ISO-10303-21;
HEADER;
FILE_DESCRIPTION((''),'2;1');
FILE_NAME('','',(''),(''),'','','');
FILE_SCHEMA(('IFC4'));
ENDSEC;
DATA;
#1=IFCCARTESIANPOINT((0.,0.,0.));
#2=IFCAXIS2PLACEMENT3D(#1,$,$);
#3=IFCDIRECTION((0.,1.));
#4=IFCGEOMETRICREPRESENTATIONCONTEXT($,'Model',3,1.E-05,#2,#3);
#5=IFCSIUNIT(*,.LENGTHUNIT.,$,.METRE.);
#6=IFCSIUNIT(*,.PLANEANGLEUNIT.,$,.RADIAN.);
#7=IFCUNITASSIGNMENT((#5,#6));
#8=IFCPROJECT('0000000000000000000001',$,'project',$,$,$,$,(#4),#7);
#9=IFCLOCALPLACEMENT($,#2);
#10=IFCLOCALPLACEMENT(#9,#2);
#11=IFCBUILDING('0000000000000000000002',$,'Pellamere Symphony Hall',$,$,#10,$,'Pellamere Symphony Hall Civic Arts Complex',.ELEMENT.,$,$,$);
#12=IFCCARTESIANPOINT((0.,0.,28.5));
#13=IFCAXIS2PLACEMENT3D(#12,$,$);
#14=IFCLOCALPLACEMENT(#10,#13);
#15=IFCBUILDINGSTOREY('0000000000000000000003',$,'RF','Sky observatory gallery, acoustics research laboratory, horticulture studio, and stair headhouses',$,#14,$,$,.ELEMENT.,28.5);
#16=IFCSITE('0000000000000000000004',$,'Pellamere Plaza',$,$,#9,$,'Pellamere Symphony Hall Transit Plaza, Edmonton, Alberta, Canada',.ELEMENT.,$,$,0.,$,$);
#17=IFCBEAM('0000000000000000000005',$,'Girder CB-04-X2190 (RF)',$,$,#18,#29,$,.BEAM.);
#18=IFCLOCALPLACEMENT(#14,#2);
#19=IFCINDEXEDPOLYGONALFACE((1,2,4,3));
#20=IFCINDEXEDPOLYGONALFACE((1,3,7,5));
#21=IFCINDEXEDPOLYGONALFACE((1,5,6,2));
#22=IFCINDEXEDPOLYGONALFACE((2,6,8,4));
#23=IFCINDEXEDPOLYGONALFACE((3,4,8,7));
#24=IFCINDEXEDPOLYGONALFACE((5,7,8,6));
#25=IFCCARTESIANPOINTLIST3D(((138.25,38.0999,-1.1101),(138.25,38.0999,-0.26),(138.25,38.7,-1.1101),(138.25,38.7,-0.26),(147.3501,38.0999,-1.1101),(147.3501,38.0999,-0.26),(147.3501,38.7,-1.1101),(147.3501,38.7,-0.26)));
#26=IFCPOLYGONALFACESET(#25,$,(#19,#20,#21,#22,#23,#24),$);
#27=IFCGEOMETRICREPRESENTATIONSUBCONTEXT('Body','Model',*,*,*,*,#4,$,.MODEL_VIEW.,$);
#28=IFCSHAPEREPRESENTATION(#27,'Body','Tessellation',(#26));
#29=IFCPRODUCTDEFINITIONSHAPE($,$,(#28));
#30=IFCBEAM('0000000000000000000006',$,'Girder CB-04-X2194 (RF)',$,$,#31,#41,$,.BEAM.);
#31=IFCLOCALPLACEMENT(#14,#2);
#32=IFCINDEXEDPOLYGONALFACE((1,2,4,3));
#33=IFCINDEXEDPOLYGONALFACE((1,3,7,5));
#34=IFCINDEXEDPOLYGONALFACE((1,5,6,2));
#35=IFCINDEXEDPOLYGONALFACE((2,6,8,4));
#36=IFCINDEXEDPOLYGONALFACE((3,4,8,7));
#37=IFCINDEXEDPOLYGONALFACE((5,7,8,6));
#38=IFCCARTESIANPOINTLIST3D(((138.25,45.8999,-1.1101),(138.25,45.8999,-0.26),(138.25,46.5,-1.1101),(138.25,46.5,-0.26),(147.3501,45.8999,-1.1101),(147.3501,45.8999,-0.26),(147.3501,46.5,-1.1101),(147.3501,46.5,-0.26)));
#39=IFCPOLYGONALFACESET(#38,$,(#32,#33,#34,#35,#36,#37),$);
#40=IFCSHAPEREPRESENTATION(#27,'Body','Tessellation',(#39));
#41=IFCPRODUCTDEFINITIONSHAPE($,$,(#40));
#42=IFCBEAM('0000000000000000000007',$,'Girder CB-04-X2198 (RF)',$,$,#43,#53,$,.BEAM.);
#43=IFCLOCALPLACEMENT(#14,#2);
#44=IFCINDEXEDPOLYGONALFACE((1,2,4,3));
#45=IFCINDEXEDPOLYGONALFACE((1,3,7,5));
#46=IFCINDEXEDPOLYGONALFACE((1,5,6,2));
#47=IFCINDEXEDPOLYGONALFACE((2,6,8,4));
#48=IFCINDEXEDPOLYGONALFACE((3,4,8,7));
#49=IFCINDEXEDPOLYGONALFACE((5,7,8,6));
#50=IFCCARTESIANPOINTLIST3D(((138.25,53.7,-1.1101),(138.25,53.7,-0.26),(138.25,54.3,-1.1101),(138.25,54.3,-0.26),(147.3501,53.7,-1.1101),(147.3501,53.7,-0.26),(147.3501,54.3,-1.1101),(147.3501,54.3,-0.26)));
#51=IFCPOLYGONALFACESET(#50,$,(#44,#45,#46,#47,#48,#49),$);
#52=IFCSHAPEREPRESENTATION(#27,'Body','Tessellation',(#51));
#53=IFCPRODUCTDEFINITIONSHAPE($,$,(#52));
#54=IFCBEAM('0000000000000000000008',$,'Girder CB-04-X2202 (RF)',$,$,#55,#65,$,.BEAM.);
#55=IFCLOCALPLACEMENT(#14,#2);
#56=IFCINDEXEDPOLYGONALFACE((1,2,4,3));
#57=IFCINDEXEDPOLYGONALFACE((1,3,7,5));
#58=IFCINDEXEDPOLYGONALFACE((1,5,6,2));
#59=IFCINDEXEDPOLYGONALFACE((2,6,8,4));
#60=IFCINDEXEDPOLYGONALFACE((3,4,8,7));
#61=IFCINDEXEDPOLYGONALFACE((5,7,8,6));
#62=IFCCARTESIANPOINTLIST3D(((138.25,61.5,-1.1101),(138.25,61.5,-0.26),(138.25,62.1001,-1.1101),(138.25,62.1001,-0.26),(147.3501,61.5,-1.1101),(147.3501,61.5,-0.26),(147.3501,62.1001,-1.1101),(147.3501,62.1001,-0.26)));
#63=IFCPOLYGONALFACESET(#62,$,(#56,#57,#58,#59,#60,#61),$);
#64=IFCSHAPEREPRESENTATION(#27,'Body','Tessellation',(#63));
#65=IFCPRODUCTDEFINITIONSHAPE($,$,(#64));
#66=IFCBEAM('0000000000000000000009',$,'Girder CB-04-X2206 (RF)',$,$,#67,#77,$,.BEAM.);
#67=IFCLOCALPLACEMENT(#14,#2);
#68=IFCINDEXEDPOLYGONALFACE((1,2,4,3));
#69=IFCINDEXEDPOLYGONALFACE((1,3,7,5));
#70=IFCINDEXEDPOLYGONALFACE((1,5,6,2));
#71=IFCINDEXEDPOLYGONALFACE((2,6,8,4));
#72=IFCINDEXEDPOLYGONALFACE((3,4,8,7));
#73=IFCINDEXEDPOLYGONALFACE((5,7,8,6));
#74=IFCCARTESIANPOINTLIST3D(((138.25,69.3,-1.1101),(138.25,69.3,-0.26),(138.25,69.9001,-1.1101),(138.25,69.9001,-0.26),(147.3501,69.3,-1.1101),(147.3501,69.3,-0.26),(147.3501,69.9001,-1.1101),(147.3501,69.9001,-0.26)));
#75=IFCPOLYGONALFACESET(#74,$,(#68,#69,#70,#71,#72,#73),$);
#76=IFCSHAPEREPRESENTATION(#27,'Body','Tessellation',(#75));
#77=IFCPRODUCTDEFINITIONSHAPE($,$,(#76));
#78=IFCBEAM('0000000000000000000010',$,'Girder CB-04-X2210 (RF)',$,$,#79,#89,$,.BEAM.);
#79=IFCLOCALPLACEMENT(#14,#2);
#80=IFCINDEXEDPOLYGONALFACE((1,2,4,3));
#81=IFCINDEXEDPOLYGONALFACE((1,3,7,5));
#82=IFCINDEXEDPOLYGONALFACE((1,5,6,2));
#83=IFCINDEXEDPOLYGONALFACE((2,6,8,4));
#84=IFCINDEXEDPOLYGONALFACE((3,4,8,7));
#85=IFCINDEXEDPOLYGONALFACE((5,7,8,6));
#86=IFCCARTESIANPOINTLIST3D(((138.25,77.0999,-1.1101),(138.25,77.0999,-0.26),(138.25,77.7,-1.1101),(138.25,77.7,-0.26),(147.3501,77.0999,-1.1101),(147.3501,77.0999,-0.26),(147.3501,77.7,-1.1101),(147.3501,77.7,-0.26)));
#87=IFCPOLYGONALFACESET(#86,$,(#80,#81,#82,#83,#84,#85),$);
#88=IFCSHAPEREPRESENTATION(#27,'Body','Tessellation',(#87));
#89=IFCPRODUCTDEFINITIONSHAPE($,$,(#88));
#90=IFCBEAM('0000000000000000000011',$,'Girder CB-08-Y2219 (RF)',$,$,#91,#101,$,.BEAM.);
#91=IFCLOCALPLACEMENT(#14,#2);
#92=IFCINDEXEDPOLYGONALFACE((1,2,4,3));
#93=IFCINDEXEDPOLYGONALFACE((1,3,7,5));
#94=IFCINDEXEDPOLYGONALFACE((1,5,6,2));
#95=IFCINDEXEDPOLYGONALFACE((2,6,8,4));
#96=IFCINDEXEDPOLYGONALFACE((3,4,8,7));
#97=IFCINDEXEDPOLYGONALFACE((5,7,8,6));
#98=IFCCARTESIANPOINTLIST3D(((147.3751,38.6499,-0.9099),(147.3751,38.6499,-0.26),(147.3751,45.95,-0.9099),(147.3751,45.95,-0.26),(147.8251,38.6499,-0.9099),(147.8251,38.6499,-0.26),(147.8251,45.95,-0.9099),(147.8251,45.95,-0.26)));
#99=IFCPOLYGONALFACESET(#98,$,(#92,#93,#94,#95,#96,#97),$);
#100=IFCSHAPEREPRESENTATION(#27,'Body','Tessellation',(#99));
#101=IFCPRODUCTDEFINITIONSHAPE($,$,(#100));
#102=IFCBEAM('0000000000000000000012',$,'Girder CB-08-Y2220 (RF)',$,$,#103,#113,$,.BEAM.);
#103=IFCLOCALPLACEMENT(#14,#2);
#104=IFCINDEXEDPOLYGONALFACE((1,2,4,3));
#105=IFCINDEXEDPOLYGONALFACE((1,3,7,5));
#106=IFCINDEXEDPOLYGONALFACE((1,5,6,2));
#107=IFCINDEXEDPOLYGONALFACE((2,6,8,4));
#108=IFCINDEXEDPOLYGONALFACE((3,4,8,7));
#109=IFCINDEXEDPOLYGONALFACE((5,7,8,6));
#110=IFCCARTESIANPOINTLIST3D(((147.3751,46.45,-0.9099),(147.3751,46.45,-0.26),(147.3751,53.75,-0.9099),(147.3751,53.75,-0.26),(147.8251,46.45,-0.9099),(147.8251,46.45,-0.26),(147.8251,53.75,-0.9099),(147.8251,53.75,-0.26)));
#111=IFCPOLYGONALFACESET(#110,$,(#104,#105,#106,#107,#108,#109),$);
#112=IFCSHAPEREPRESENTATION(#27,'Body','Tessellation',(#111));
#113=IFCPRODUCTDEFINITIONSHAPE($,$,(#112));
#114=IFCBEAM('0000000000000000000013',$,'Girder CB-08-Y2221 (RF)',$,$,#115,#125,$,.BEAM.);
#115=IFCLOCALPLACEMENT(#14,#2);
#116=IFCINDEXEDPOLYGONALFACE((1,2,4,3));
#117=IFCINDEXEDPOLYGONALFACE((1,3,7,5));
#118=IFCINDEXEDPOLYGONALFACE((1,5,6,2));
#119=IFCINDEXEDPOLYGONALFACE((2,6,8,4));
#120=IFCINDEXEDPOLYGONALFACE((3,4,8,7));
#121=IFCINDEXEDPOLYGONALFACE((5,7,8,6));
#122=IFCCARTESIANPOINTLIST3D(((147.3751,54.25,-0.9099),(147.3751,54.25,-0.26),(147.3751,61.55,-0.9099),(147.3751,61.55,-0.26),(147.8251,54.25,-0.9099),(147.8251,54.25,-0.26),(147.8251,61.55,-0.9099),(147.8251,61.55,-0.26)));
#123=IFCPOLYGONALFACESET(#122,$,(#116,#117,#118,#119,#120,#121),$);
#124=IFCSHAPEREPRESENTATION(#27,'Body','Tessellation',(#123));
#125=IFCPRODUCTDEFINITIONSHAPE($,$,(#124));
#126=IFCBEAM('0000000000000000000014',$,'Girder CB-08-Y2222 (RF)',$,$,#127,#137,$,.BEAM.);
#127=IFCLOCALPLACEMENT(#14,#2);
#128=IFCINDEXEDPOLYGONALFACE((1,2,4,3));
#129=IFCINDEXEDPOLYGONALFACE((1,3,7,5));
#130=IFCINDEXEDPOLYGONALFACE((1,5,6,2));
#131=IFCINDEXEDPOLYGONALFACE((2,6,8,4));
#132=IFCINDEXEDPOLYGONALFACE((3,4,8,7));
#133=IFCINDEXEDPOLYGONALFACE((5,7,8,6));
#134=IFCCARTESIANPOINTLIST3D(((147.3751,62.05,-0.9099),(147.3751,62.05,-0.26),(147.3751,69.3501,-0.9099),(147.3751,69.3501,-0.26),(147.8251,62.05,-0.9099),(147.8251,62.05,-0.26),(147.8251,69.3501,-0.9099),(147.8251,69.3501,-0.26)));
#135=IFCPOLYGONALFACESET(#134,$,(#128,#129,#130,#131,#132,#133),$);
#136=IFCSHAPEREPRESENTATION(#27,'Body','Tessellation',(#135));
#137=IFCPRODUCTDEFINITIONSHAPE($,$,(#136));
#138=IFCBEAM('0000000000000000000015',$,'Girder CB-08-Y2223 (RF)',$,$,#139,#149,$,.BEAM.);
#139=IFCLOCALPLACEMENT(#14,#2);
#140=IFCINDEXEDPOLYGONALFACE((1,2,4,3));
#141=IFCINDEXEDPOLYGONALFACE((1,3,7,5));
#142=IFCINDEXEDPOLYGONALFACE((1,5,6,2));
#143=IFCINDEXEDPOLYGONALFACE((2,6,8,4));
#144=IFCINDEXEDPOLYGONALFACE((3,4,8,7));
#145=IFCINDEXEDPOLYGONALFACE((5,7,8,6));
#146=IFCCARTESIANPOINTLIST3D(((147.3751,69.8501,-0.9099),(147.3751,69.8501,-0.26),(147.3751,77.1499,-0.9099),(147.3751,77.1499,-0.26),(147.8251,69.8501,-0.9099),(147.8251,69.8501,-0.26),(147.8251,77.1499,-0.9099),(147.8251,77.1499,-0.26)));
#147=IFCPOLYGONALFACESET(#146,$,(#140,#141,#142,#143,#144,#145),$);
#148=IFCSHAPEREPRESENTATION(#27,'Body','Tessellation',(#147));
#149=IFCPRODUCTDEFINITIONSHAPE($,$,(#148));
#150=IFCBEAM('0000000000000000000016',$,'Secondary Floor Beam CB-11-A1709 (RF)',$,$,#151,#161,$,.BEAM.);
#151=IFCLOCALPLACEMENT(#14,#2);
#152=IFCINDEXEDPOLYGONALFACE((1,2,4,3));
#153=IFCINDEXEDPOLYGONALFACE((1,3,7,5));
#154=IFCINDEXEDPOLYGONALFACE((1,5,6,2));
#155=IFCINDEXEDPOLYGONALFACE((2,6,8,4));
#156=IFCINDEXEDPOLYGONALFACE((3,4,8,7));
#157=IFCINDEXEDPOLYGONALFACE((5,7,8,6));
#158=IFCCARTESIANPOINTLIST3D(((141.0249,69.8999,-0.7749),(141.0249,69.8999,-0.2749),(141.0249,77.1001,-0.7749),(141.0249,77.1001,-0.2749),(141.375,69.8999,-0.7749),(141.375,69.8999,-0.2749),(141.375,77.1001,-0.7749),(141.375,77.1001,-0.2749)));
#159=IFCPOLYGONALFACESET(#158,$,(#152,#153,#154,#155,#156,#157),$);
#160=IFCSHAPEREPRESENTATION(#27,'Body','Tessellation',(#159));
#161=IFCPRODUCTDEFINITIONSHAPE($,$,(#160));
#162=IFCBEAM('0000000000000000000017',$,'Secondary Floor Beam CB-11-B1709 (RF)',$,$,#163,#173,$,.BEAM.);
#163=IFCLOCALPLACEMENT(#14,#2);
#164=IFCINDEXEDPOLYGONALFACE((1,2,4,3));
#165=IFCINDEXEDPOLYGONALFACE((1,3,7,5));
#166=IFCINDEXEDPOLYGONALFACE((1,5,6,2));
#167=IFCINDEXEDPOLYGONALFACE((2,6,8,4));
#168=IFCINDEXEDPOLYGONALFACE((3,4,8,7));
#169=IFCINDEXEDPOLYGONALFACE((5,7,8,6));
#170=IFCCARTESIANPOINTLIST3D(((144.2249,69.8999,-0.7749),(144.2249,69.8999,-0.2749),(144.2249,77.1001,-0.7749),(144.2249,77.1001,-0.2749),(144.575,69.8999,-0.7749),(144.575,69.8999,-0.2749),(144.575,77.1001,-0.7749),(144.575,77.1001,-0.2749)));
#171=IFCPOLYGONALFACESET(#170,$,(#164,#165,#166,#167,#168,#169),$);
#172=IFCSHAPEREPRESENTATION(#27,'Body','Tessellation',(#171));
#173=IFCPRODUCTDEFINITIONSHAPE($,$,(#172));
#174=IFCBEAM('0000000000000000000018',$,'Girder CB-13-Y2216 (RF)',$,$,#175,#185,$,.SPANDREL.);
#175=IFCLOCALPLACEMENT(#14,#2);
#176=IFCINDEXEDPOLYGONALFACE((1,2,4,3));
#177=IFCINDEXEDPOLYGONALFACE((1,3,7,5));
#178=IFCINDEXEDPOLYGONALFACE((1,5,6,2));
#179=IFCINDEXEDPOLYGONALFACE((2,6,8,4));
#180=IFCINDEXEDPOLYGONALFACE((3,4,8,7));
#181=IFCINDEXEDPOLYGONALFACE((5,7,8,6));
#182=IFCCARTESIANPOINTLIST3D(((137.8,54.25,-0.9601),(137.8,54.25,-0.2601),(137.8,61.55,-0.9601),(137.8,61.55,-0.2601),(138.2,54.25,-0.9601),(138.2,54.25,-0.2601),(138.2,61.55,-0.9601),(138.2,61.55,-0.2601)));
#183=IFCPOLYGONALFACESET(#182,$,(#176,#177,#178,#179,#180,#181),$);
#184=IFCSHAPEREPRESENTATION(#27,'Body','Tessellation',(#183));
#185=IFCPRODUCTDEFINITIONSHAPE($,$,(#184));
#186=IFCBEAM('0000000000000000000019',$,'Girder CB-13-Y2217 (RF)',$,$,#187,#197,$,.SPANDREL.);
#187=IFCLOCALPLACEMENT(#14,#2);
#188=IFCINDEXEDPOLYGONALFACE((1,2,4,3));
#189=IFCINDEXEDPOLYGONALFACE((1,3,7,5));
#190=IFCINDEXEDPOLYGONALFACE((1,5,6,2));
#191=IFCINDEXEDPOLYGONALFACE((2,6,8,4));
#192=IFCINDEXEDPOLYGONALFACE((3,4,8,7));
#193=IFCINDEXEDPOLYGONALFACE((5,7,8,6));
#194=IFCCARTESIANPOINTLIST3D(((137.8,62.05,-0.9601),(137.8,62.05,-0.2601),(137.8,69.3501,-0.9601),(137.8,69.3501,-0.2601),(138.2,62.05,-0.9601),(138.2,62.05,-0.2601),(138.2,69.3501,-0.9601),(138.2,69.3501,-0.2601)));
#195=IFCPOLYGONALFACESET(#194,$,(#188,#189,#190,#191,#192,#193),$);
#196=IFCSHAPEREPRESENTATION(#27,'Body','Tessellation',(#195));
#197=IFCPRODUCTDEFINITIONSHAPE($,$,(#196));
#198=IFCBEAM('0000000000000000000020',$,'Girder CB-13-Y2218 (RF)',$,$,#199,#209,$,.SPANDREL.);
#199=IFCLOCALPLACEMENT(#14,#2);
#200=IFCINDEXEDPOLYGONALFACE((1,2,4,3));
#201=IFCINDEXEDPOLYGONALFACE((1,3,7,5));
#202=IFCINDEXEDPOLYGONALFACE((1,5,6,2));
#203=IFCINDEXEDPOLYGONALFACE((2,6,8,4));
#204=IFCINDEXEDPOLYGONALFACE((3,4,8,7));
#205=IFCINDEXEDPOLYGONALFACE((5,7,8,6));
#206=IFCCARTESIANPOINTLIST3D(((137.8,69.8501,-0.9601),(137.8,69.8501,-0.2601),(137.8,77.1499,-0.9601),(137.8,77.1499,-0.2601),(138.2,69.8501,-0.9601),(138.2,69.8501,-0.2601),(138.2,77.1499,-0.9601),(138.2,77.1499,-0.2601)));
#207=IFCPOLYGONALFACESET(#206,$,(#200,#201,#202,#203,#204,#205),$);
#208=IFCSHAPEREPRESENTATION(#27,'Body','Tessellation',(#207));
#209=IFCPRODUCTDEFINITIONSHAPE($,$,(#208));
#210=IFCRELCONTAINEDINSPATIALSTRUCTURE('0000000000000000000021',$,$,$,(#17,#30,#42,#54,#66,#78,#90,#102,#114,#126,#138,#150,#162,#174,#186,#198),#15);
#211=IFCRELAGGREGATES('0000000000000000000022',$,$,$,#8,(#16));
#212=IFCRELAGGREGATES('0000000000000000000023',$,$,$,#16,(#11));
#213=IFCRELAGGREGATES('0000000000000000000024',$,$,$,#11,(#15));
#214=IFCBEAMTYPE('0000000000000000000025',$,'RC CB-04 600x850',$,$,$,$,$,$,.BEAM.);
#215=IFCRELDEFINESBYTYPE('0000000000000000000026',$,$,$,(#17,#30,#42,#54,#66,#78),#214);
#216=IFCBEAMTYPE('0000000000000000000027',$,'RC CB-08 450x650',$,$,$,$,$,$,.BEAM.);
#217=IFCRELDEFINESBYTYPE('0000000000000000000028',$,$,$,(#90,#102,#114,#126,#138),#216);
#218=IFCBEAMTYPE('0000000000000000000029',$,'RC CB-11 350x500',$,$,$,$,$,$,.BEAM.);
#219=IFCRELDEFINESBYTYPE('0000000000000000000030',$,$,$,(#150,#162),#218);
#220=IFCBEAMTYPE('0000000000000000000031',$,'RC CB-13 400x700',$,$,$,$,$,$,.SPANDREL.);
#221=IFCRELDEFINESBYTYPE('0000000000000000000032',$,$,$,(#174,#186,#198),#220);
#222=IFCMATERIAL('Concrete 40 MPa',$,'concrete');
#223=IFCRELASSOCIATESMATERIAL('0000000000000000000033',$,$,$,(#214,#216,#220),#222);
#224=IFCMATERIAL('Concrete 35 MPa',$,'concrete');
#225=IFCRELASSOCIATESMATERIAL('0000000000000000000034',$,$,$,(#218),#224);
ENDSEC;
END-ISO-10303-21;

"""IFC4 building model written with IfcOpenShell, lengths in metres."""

from ifc_helpers import new_model, si_unit, direction, frame, origin, origin_2d, place, context, subcontext, project, spatial, rectangle, extrude, material, material_profile, profile_set, type_object, element, save


model = new_model("IFC4")

# Units and contexts
model_context = context("Model", 3, precision=1e-05, world=origin(), true_north=direction((0.0, 1.0)))
body_context = subcontext(model_context, "Body", "Model", "MODEL_VIEW")
ifc_project = project(units=[si_unit("LENGTHUNIT", "METRE"), si_unit("PLANEANGLEUNIT", "RADIAN")], contexts=[model_context])

# Site, building, storey
site_placement = place(None, origin())
site = spatial("IfcSite", under=ifc_project, at=site_placement, Name="Pellamere Plaza", LongName="Pellamere Symphony Hall Transit Plaza, Edmonton, Alberta, Canada", CompositionType="ELEMENT", RefElevation=0.0)
building_placement = place(site_placement, origin())
building = spatial("IfcBuilding", under=site, at=building_placement, Name="Pellamere Symphony Hall", LongName="Pellamere Symphony Hall Civic Arts Complex", CompositionType="ELEMENT")
storey_placement = place(building_placement, frame((0.0, 0.0, 28.5)))
storey = spatial("IfcBuildingStorey", under=building, at=storey_placement, Name="RF", Description="Sky observatory gallery, acoustics research laboratory, horticulture studio, and stair headhouses", CompositionType="ELEMENT", Elevation=28.5)

# Beams
ifc_material_1 = material(Name="Concrete 40 MPa", Category="concrete")
ifc_material_profile_1 = material_profile(ifc_material_1, rectangle(XDim=0.6001, YDim=0.8501, at=origin_2d()), Name="RC 600x850")
ifc_profile_set_1 = profile_set([ifc_material_profile_1], Name="Concrete 40 MPa")
beam_type_1 = type_object("IfcBeamType", Name="RC CB-04 600x850", PredefinedType="BEAM", material=ifc_profile_set_1)
for number, where, z_axis, x_axis, name in (
    (1, (138.25, 38.3999, -0.6851), (1.0, 0.0, 0.0), (0.0, 1.0, 0.0), "Girder CB-04-X2190 (RF)"),
    (2, (138.25, 46.2, -0.6851), (1.0, 0.0, 0.0), (0.0, 1.0, 0.0), "Girder CB-04-X2194 (RF)"),
    (3, (138.25, 54.0, -0.6851), (1.0, 0.0, 0.0), (0.0, 1.0, 0.0), "Girder CB-04-X2198 (RF)"),
    (4, (138.25, 61.8, -0.6851), (1.0, 0.0, 0.0), (0.0, 1.0, 0.0), "Girder CB-04-X2202 (RF)"),
    (5, (138.25, 69.6001, -0.6851), (1.0, 0.0, 0.0), (0.0, 1.0, 0.0), "Girder CB-04-X2206 (RF)"),
    (6, (138.25, 77.3999, -0.6851), (1.0, 0.0, 0.0), (0.0, 1.0, 0.0), "Girder CB-04-X2210 (RF)"),
):
    element("IfcBeam", number, at=place(storey_placement, frame(where, z_axis=z_axis, x_axis=x_axis)), inside=storey, type_object=beam_type_1, Name=name, PredefinedType="BEAM", context=body_context, shape_type="SweptSolid", body=[
        extrude(rectangle(XDim=0.6001, YDim=0.8501, at=origin_2d()), origin(), (0.0, 0.0, 1.0), 9.1001),
    ])
ifc_material_profile_2 = material_profile(ifc_material_1, rectangle(XDim=0.45, YDim=0.6499, at=origin_2d()), Name="RC 450x650")
ifc_profile_set_2 = profile_set([ifc_material_profile_2], Name="Concrete 40 MPa")
beam_type_2 = type_object("IfcBeamType", Name="RC CB-08 450x650", PredefinedType="BEAM", material=ifc_profile_set_2)
for number, where, z_axis, x_axis, name in (
    (7, (147.6001, 38.6499, -0.585), (0.0, 1.0, 0.0), (-1.0, 0.0, 0.0), "Girder CB-08-Y2219 (RF)"),
    (8, (147.6001, 46.45, -0.585), (0.0, 1.0, 0.0), (-1.0, 0.0, 0.0), "Girder CB-08-Y2220 (RF)"),
    (9, (147.6001, 54.25, -0.585), (0.0, 1.0, 0.0), (-1.0, 0.0, 0.0), "Girder CB-08-Y2221 (RF)"),
    (10, (147.6001, 62.05, -0.585), (0.0, 1.0, 0.0), (-1.0, 0.0, 0.0), "Girder CB-08-Y2222 (RF)"),
):
    element("IfcBeam", number, at=place(storey_placement, frame(where, z_axis=z_axis, x_axis=x_axis)), inside=storey, type_object=beam_type_2, Name=name, PredefinedType="BEAM", context=body_context, shape_type="SweptSolid", body=[
        extrude(rectangle(XDim=0.45, YDim=0.6499, at=origin_2d()), origin(), (0.0, 0.0, 1.0), 7.3),
    ])
beam_1_placement = place(storey_placement, frame((147.6001, 69.8501, -0.585), z_axis=(0.0, 1.0, 0.0), x_axis=(-1.0, 0.0, 0.0)))
element("IfcBeam", 11, at=beam_1_placement, inside=storey, type_object=beam_type_2, Name="Girder CB-08-Y2223 (RF)", PredefinedType="BEAM", context=body_context, shape_type="SweptSolid", body=[
    extrude(rectangle(XDim=0.45, YDim=0.6499, at=origin_2d()), origin(), (0.0, 0.0, 1.0), 7.2998),
])
ifc_material_2 = material(Name="Concrete 35 MPa", Category="concrete")
ifc_material_profile_3 = material_profile(ifc_material_2, rectangle(XDim=0.3501, YDim=0.5, at=origin_2d()), Name="RC 350x500")
ifc_profile_set_3 = profile_set([ifc_material_profile_3], Name="Concrete 35 MPa")
beam_type_3 = type_object("IfcBeamType", Name="RC CB-11 350x500", PredefinedType="BEAM", material=ifc_profile_set_3)
for number, where, z_axis, x_axis, name in (
    (12, (141.2, 69.8999, -0.5249), (0.0, 1.0, 0.0), (-1.0, 0.0, 0.0), "Secondary Floor Beam CB-11-A1709 (RF)"),
    (13, (144.3999, 69.8999, -0.5249), (0.0, 1.0, 0.0), (-1.0, 0.0, 0.0), "Secondary Floor Beam CB-11-B1709 (RF)"),
):
    element("IfcBeam", number, at=place(storey_placement, frame(where, z_axis=z_axis, x_axis=x_axis)), inside=storey, type_object=beam_type_3, Name=name, PredefinedType="BEAM", context=body_context, shape_type="SweptSolid", body=[
        extrude(rectangle(XDim=0.3501, YDim=0.5, at=origin_2d()), origin(), (0.0, 0.0, 1.0), 7.2002),
    ])
ifc_material_profile_4 = material_profile(ifc_material_1, rectangle(XDim=0.3999, YDim=0.7, at=origin_2d()), Name="RC 400x700")
ifc_profile_set_4 = profile_set([ifc_material_profile_4], Name="Concrete 40 MPa")
beam_type_4 = type_object("IfcBeamType", Name="RC CB-13 400x700", PredefinedType="SPANDREL", material=ifc_profile_set_4)
for number, where, z_axis, x_axis, name in (
    (14, (138.0, 54.25, -0.6101), (0.0, 1.0, 0.0), (-1.0, 0.0, 0.0), "Girder CB-13-Y2216 (RF)"),
    (15, (138.0, 62.05, -0.6101), (0.0, 1.0, 0.0), (-1.0, 0.0, 0.0), "Girder CB-13-Y2217 (RF)"),
):
    element("IfcBeam", number, at=place(storey_placement, frame(where, z_axis=z_axis, x_axis=x_axis)), inside=storey, type_object=beam_type_4, Name=name, PredefinedType="SPANDREL", context=body_context, shape_type="SweptSolid", body=[
        extrude(rectangle(XDim=0.3999, YDim=0.7, at=origin_2d()), origin(), (0.0, 0.0, 1.0), 7.3),
    ])
beam_2_placement = place(storey_placement, frame((138.0, 69.8501, -0.6101), z_axis=(0.0, 1.0, 0.0), x_axis=(-1.0, 0.0, 0.0)))
element("IfcBeam", 16, at=beam_2_placement, inside=storey, type_object=beam_type_4, Name="Girder CB-13-Y2218 (RF)", PredefinedType="SPANDREL", context=body_context, shape_type="SweptSolid", body=[
    extrude(rectangle(XDim=0.3999, YDim=0.7, at=origin_2d()), origin(), (0.0, 0.0, 1.0), 7.2998),
])

save(model, "model.ifc")
